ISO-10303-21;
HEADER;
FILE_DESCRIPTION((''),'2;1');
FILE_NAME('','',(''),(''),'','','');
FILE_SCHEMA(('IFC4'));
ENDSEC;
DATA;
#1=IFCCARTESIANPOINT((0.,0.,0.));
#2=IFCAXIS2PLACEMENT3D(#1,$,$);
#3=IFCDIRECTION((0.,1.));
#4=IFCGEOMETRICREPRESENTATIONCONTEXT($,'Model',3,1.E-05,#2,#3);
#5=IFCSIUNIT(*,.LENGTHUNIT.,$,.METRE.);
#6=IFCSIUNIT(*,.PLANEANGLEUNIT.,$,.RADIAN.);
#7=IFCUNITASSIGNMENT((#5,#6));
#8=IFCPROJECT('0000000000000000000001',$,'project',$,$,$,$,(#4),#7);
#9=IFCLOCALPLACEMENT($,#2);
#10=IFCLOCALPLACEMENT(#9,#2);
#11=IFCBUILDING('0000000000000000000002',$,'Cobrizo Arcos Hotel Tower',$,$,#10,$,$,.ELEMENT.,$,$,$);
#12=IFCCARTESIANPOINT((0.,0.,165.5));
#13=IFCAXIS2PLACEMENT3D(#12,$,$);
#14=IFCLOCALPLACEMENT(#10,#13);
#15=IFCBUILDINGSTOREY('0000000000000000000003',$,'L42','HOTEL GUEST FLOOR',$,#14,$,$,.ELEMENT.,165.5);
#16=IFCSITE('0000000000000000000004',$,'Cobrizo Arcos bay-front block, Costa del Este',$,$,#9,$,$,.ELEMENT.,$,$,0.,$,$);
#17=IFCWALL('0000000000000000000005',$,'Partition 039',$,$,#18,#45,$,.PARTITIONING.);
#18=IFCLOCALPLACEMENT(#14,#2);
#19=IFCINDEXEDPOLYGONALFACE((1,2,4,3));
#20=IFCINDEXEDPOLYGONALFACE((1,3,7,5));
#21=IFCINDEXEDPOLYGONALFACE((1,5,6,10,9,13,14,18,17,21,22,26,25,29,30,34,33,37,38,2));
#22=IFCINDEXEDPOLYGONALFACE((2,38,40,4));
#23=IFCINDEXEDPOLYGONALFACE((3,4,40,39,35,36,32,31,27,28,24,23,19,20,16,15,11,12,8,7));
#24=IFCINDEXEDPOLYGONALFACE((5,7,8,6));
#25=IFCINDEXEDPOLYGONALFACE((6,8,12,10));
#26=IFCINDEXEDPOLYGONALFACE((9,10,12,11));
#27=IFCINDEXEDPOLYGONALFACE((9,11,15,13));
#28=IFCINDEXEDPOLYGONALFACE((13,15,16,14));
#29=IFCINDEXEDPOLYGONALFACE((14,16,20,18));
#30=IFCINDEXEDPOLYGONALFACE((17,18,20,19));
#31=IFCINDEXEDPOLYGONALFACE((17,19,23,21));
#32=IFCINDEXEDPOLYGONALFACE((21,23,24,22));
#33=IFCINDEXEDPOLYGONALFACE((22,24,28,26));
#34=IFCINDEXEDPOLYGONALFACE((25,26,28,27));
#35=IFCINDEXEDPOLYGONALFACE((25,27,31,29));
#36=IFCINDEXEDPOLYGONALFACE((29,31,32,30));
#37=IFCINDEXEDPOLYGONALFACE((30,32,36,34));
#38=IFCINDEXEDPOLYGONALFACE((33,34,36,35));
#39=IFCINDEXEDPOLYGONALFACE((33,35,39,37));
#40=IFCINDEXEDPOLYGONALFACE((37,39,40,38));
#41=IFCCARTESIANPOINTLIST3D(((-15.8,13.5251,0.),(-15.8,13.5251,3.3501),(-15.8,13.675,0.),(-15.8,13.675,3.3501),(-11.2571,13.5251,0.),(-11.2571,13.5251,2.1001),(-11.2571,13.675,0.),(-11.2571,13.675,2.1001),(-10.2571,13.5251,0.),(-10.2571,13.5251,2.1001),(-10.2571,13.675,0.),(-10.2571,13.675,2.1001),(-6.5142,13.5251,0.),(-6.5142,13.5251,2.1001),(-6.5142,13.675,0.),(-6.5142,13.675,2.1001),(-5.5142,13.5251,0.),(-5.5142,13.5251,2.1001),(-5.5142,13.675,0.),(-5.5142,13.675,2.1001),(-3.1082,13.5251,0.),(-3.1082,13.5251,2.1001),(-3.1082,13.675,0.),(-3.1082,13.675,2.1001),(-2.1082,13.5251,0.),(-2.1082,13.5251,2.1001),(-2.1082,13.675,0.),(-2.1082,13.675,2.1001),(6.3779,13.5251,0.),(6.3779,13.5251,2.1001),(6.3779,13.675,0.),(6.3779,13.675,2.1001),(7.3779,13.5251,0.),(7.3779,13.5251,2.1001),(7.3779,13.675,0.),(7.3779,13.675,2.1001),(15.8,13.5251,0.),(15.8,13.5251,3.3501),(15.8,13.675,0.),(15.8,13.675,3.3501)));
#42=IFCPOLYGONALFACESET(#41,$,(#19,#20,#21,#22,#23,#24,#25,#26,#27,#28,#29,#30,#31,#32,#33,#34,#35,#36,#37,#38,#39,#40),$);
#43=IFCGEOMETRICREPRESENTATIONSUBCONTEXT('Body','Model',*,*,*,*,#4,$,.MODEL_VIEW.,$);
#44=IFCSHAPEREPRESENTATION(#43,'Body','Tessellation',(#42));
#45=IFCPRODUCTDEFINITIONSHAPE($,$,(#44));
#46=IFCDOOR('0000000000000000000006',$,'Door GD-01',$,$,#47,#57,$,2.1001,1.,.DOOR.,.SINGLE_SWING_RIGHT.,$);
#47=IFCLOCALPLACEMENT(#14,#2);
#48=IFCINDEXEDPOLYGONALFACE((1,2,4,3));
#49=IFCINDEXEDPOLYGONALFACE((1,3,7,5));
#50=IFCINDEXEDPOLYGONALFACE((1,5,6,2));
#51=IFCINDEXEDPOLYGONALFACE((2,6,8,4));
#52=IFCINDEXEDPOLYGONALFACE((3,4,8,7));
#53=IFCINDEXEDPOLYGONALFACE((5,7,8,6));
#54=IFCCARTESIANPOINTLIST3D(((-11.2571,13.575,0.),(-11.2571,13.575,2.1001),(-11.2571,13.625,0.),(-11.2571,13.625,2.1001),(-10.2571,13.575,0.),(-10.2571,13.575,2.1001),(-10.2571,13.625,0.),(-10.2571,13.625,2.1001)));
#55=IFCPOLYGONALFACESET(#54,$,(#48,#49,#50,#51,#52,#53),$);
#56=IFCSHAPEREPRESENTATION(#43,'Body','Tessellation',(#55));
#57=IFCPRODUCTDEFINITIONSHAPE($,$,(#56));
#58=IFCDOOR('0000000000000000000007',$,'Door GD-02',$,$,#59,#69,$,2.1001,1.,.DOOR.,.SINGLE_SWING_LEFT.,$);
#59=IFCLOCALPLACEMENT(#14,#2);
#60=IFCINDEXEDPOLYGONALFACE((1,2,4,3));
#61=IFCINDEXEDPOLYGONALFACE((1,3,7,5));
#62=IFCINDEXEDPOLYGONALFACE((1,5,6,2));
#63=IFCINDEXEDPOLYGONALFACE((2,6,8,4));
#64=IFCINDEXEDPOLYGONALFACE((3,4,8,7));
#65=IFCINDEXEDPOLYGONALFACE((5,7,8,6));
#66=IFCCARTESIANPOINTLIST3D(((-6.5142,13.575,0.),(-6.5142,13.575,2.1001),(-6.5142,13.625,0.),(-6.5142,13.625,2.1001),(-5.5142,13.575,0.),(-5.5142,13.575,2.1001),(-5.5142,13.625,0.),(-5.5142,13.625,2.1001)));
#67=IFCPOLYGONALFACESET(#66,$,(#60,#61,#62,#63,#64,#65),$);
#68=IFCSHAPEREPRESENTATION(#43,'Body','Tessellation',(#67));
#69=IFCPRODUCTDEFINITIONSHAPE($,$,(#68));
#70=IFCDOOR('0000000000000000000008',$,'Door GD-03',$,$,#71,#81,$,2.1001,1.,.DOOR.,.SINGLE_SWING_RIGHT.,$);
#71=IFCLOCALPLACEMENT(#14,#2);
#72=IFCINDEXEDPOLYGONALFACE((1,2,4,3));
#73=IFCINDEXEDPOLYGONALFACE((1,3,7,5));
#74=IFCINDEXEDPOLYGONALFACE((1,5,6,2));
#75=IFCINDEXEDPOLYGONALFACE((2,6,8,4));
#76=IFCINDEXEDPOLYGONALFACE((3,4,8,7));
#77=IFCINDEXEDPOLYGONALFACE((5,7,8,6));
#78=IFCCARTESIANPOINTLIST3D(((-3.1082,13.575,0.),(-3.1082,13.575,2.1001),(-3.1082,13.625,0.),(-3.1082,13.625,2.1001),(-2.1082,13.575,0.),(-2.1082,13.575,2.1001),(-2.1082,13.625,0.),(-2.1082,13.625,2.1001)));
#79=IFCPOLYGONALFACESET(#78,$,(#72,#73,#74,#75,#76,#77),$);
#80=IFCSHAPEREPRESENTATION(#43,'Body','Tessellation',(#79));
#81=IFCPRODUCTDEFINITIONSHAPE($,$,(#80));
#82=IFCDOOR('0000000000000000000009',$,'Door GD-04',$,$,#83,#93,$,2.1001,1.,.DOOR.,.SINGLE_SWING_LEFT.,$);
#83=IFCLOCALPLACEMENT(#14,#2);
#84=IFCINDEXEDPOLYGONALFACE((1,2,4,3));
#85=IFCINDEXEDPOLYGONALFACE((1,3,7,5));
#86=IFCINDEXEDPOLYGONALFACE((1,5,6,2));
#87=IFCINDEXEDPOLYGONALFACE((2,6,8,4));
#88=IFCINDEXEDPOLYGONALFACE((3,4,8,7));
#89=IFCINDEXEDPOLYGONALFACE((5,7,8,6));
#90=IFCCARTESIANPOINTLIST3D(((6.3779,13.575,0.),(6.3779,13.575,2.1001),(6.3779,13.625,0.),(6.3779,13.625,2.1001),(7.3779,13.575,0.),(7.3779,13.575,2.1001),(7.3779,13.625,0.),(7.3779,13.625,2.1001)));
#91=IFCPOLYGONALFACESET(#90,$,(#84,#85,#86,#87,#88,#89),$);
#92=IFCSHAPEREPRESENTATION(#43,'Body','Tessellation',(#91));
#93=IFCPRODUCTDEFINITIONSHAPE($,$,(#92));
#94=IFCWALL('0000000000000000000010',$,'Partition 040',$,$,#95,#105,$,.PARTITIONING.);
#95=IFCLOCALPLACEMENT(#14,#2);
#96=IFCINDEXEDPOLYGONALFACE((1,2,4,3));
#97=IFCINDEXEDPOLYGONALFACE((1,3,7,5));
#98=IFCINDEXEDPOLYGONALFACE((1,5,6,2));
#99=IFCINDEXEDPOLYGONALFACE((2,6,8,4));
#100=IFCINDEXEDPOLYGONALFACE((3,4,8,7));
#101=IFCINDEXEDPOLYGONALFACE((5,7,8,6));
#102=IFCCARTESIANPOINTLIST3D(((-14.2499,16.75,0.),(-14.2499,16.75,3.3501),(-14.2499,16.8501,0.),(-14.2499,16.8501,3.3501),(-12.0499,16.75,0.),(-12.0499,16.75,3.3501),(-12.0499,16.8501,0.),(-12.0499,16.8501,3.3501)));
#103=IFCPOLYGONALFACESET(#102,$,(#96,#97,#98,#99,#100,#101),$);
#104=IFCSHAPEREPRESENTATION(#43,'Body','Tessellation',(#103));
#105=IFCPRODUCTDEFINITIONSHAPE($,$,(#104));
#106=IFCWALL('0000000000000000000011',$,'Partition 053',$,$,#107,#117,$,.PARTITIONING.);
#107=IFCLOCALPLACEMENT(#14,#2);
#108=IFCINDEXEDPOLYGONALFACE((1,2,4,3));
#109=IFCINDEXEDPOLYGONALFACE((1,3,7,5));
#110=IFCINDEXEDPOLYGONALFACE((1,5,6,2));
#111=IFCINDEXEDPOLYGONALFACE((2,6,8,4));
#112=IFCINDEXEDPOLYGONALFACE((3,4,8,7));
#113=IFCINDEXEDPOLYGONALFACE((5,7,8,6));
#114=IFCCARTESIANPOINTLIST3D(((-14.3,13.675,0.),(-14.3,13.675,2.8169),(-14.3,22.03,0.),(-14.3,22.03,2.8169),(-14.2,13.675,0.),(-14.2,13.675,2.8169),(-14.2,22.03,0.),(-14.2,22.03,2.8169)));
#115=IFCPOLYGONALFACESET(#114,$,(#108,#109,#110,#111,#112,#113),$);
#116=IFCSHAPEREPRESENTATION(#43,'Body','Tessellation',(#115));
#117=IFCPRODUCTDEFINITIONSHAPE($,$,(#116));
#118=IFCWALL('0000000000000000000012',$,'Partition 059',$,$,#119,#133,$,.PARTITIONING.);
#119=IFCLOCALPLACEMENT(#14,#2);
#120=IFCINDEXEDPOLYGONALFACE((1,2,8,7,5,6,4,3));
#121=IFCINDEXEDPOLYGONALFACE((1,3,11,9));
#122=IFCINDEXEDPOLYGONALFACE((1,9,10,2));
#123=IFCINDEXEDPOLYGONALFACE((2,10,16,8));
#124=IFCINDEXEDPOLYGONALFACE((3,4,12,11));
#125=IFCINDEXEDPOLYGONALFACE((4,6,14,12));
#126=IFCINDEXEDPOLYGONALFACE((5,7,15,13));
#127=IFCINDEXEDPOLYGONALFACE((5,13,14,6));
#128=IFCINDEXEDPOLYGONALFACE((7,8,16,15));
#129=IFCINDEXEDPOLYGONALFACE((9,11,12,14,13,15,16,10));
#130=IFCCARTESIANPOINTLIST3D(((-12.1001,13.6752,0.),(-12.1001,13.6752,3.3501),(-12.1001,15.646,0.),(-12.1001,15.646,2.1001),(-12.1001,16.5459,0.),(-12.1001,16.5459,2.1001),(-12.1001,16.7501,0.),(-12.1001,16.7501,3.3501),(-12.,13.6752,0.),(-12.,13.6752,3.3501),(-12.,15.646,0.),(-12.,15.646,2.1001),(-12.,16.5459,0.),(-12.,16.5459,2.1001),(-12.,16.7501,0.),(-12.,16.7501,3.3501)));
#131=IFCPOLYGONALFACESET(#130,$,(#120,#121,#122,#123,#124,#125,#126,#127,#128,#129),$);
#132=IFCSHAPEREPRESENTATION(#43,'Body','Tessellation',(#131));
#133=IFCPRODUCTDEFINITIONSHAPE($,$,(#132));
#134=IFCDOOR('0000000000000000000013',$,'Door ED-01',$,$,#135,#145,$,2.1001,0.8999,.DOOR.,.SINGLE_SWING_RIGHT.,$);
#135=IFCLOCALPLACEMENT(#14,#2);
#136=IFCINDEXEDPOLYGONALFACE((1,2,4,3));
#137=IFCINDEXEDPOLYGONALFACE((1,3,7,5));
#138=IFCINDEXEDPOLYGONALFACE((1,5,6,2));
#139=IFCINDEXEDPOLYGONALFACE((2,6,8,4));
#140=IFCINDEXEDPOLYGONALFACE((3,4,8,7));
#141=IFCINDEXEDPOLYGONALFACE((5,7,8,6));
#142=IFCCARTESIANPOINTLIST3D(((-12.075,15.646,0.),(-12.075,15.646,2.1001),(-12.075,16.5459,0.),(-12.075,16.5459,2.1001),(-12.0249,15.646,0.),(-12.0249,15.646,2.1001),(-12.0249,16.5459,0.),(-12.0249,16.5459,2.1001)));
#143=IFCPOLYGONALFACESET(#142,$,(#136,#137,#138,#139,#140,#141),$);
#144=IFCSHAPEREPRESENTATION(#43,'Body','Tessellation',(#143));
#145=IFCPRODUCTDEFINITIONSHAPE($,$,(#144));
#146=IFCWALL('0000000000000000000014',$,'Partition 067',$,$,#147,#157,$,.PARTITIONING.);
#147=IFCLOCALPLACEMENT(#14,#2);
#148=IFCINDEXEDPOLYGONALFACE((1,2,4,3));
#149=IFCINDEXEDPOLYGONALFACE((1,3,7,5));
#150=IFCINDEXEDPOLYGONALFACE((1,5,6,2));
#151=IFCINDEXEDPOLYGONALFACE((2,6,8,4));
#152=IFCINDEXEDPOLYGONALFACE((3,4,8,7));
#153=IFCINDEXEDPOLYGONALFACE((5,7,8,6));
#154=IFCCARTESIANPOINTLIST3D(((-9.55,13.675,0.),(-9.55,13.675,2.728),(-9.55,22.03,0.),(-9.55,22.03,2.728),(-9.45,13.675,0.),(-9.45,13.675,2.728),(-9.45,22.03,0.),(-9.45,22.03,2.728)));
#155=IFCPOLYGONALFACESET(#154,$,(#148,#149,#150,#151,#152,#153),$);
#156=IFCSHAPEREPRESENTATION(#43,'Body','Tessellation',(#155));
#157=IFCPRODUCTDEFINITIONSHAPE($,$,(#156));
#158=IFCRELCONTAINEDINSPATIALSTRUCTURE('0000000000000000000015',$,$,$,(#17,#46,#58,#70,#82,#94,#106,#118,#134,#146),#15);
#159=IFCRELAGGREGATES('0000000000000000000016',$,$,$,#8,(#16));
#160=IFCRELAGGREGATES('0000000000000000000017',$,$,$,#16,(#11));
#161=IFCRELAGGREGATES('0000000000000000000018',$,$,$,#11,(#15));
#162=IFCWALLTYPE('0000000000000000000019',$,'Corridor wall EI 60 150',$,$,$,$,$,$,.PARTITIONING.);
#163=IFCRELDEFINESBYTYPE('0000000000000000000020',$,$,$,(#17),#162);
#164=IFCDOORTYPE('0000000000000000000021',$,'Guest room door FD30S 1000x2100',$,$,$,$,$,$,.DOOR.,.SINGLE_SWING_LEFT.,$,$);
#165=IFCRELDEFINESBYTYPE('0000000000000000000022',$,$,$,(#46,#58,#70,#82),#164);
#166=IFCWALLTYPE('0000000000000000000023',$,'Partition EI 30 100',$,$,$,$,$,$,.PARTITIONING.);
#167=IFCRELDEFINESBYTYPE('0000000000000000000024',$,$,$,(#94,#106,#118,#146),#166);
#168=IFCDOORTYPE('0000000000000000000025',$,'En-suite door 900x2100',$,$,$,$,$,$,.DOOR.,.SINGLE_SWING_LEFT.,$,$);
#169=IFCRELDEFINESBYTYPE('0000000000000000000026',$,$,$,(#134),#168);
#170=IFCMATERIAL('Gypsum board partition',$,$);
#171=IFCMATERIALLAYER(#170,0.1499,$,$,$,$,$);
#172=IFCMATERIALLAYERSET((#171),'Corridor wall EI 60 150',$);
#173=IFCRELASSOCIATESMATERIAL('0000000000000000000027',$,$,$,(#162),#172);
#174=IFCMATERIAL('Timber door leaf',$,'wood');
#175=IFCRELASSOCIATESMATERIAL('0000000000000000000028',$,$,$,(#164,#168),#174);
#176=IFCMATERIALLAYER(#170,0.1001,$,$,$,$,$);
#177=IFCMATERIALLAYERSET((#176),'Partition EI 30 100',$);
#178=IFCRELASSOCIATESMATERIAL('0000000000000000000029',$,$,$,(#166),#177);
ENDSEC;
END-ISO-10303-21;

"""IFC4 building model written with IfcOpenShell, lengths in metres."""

from ifc_helpers import new_model, si_unit, direction, frame, frame_2d, origin, place, context, subcontext, project, spatial, rectangle, extrude, material, layer, layer_set, type_object, element, fill, save


model = new_model("IFC4")

# Units and contexts
model_context = context("Model", 3, precision=1e-05, world=origin(), true_north=direction((0.0, 1.0)))
body_context = subcontext(model_context, "Body", "Model", "MODEL_VIEW")
ifc_project = project(units=[si_unit("LENGTHUNIT", "METRE"), si_unit("PLANEANGLEUNIT", "RADIAN")], contexts=[model_context])

# Site, building, storey
site_placement = place(None, origin())
site = spatial("IfcSite", under=ifc_project, at=site_placement, Name="Cobrizo Arcos bay-front block, Costa del Este", CompositionType="ELEMENT", RefElevation=0.0)
building_placement = place(site_placement, origin())
building = spatial("IfcBuilding", under=site, at=building_placement, Name="Cobrizo Arcos Hotel Tower", CompositionType="ELEMENT")
storey_placement = place(building_placement, frame((0.0, 0.0, 165.5)))
storey = spatial("IfcBuildingStorey", under=building, at=storey_placement, Name="L42", Description="HOTEL GUEST FLOOR", CompositionType="ELEMENT", Elevation=165.5)

# Shared definitions
ifc_material_1 = material(Name="Gypsum board partition")
ifc_layer_1 = layer(ifc_material_1, 0.1499)
ifc_layer_set_1 = layer_set([ifc_layer_1], Name="Corridor wall EI 60 150")
wall_type_1 = type_object("IfcWallType", Name="Corridor wall EI 60 150", PredefinedType="PARTITIONING", material=ifc_layer_set_1)
ifc_material_2 = material(Name="Timber door leaf", Category="wood")

# Wall, openings, doors
wall_1_placement = place(storey_placement, frame((-15.8, 13.6001, 0.0), z_axis=(0.0, 0.0, 1.0), x_axis=(1.0, 0.0, 0.0)))
wall_1 = element("IfcWall", 1, at=wall_1_placement, inside=storey, type_object=wall_type_1, Name="Partition 039", PredefinedType="PARTITIONING", context=body_context, shape_type="SweptSolid", body=[
    extrude(rectangle(XDim=31.6001, YDim=0.1499, at=frame_2d((15.8, 0.0))), origin(), (0.0, 0.0, 1.0), 3.3501),
])
opening_1_placement = place(wall_1_placement, frame((4.543, 0.0, 0.0)))
opening_1 = element("IfcOpeningElement", 2, at=opening_1_placement, cuts=wall_1, PredefinedType="OPENING", context=body_context, shape_type="SweptSolid", body=[
    extrude(rectangle(XDim=1.0, YDim=2.1001, at=frame_2d((0.5, 1.05))), frame((0.0, 0.0869, 0.0), z_axis=(0.0, -1.0, 0.0), x_axis=(1.0, 0.0, 0.0)), (0.0, 0.0, 1.0), 0.1738),
])
opening_2_placement = place(wall_1_placement, frame((9.2859, 0.0, 0.0)))
opening_2 = element("IfcOpeningElement", 3, at=opening_2_placement, cuts=wall_1, PredefinedType="OPENING", context=body_context, shape_type="SweptSolid", body=[
    extrude(rectangle(XDim=1.0, YDim=2.1001, at=frame_2d((0.5, 1.05))), frame((0.0, 0.0869, 0.0), z_axis=(0.0, -1.0, 0.0), x_axis=(1.0, 0.0, 0.0)), (0.0, 0.0, 1.0), 0.1738),
])
opening_3_placement = place(wall_1_placement, frame((12.6919, 0.0, 0.0)))
opening_3 = element("IfcOpeningElement", 4, at=opening_3_placement, cuts=wall_1, PredefinedType="OPENING", context=body_context, shape_type="SweptSolid", body=[
    extrude(rectangle(XDim=1.0, YDim=2.1001, at=frame_2d((0.5, 1.05))), frame((0.0, 0.0869, 0.0), z_axis=(0.0, -1.0, 0.0), x_axis=(1.0, 0.0, 0.0)), (0.0, 0.0, 1.0), 0.1738),
])
opening_4_placement = place(wall_1_placement, frame((22.178, 0.0, 0.0)))
opening_4 = element("IfcOpeningElement", 5, at=opening_4_placement, cuts=wall_1, PredefinedType="OPENING", context=body_context, shape_type="SweptSolid", body=[
    extrude(rectangle(XDim=1.0, YDim=2.1001, at=frame_2d((0.5, 1.05))), frame((0.0, 0.0869, 0.0), z_axis=(0.0, -1.0, 0.0), x_axis=(1.0, 0.0, 0.0)), (0.0, 0.0, 1.0), 0.1738),
])
door_type_1 = type_object("IfcDoorType", Name="Guest room door FD30S 1000x2100", OperationType="SINGLE_SWING_LEFT", PredefinedType="DOOR", material=ifc_material_2)
door_1_placement = place(opening_1_placement, origin())
door_1 = element("IfcDoor", 6, at=door_1_placement, inside=storey, type_object=door_type_1, Name="Door GD-01", OperationType="SINGLE_SWING_RIGHT", OverallHeight=2.1001, OverallWidth=1.0, PredefinedType="DOOR", context=body_context, shape_type="SweptSolid", body=[
    extrude(rectangle(XDim=1.0, YDim=2.1001, at=frame_2d((0.5, 1.05))), frame((0.0, 0.0249, 0.0), z_axis=(0.0, -1.0, 0.0), x_axis=(1.0, 0.0, 0.0)), (0.0, 0.0, 1.0), 0.05),
])
fill(opening_1, door_1)
door_2_placement = place(opening_2_placement, origin())
door_2 = element("IfcDoor", 7, at=door_2_placement, inside=storey, type_object=door_type_1, Name="Door GD-02", OperationType="SINGLE_SWING_LEFT", OverallHeight=2.1001, OverallWidth=1.0, PredefinedType="DOOR", context=body_context, shape_type="SweptSolid", body=[
    extrude(rectangle(XDim=1.0, YDim=2.1001, at=frame_2d((0.5, 1.05))), frame((0.0, 0.0249, 0.0), z_axis=(0.0, -1.0, 0.0), x_axis=(1.0, 0.0, 0.0)), (0.0, 0.0, 1.0), 0.05),
])
fill(opening_2, door_2)
door_3_placement = place(opening_3_placement, origin())
door_3 = element("IfcDoor", 8, at=door_3_placement, inside=storey, type_object=door_type_1, Name="Door GD-03", OperationType="SINGLE_SWING_RIGHT", OverallHeight=2.1001, OverallWidth=1.0, PredefinedType="DOOR", context=body_context, shape_type="SweptSolid", body=[
    extrude(rectangle(XDim=1.0, YDim=2.1001, at=frame_2d((0.5, 1.05))), frame((0.0, 0.0249, 0.0), z_axis=(0.0, -1.0, 0.0), x_axis=(1.0, 0.0, 0.0)), (0.0, 0.0, 1.0), 0.05),
])
fill(opening_3, door_3)
door_4_placement = place(opening_4_placement, origin())
door_4 = element("IfcDoor", 9, at=door_4_placement, inside=storey, type_object=door_type_1, Name="Door GD-04", OperationType="SINGLE_SWING_LEFT", OverallHeight=2.1001, OverallWidth=1.0, PredefinedType="DOOR", context=body_context, shape_type="SweptSolid", body=[
    extrude(rectangle(XDim=1.0, YDim=2.1001, at=frame_2d((0.5, 1.05))), frame((0.0, 0.0249, 0.0), z_axis=(0.0, -1.0, 0.0), x_axis=(1.0, 0.0, 0.0)), (0.0, 0.0, 1.0), 0.05),
])
fill(opening_4, door_4)

# Walls
ifc_layer_2 = layer(ifc_material_1, 0.1001)
ifc_layer_set_2 = layer_set([ifc_layer_2], Name="Partition EI 30 100")
wall_type_2 = type_object("IfcWallType", Name="Partition EI 30 100", PredefinedType="PARTITIONING", material=ifc_layer_set_2)
wall_2_placement = place(storey_placement, frame((-14.25, 16.8, 0.0), z_axis=(0.0, 0.0, 1.0), x_axis=(1.0, 0.0, 0.0)))
element("IfcWall", 10, at=wall_2_placement, inside=storey, type_object=wall_type_2, Name="Partition 040", PredefinedType="PARTITIONING", context=body_context, shape_type="SweptSolid", body=[
    extrude(rectangle(XDim=2.2, YDim=0.1001, at=frame_2d((1.1001, 0.0))), origin(), (0.0, 0.0, 1.0), 3.3501),
])
wall_3_placement = place(storey_placement, frame((-14.25, 13.675, 0.0), z_axis=(0.0, 0.0, 1.0), x_axis=(0.0, 1.0, 0.0)))
element("IfcWall", 11, at=wall_3_placement, inside=storey, type_object=wall_type_2, Name="Partition 053", PredefinedType="PARTITIONING", context=body_context, shape_type="SweptSolid", body=[
    extrude(rectangle(XDim=8.355, YDim=0.1001, at=frame_2d((4.1775, 0.0))), origin(), (0.0, 0.0, 1.0), 2.8169),
])

# Wall, opening, door
wall_4_placement = place(storey_placement, frame((-12.05, 13.675, 0.0), z_axis=(0.0, 0.0, 1.0), x_axis=(0.0, 1.0, 0.0)))
wall_4 = element("IfcWall", 12, at=wall_4_placement, inside=storey, type_object=wall_type_2, Name="Partition 059", PredefinedType="PARTITIONING", context=body_context, shape_type="SweptSolid", body=[
    extrude(rectangle(XDim=3.075, YDim=0.1001, at=frame_2d((1.5376, 0.0))), origin(), (0.0, 0.0, 1.0), 3.3501),
])
opening_5_placement = place(wall_4_placement, frame((1.9709, 0.0, 0.0)))
opening_5 = element("IfcOpeningElement", 13, at=opening_5_placement, cuts=wall_4, PredefinedType="OPENING", context=body_context, shape_type="SweptSolid", body=[
    extrude(rectangle(XDim=0.8999, YDim=2.1001, at=frame_2d((0.45, 1.05))), frame((0.0, 0.062, 0.0), z_axis=(0.0, -1.0, 0.0), x_axis=(1.0, 0.0, 0.0)), (0.0, 0.0, 1.0), 0.124),
])
door_type_2 = type_object("IfcDoorType", Name="En-suite door 900x2100", OperationType="SINGLE_SWING_LEFT", PredefinedType="DOOR", material=ifc_material_2)
door_5_placement = place(opening_5_placement, origin())
door_5 = element("IfcDoor", 14, at=door_5_placement, inside=storey, type_object=door_type_2, Name="Door ED-01", OperationType="SINGLE_SWING_RIGHT", OverallHeight=2.1001, OverallWidth=0.8999, PredefinedType="DOOR", context=body_context, shape_type="SweptSolid", body=[
    extrude(rectangle(XDim=0.8999, YDim=2.1001, at=frame_2d((0.45, 1.05))), frame((0.0, 0.0249, 0.0), z_axis=(0.0, -1.0, 0.0), x_axis=(1.0, 0.0, 0.0)), (0.0, 0.0, 1.0), 0.05),
])
fill(opening_5, door_5)

# Wall
wall_5_placement = place(storey_placement, frame((-9.5, 13.675, 0.0), z_axis=(0.0, 0.0, 1.0), x_axis=(0.0, 1.0, 0.0)))
element("IfcWall", 15, at=wall_5_placement, inside=storey, type_object=wall_type_2, Name="Partition 067", PredefinedType="PARTITIONING", context=body_context, shape_type="SweptSolid", body=[
    extrude(rectangle(XDim=8.355, YDim=0.1001, at=frame_2d((4.1775, 0.0))), origin(), (0.0, 0.0, 1.0), 2.728),
])

save(model, "model.ifc")
